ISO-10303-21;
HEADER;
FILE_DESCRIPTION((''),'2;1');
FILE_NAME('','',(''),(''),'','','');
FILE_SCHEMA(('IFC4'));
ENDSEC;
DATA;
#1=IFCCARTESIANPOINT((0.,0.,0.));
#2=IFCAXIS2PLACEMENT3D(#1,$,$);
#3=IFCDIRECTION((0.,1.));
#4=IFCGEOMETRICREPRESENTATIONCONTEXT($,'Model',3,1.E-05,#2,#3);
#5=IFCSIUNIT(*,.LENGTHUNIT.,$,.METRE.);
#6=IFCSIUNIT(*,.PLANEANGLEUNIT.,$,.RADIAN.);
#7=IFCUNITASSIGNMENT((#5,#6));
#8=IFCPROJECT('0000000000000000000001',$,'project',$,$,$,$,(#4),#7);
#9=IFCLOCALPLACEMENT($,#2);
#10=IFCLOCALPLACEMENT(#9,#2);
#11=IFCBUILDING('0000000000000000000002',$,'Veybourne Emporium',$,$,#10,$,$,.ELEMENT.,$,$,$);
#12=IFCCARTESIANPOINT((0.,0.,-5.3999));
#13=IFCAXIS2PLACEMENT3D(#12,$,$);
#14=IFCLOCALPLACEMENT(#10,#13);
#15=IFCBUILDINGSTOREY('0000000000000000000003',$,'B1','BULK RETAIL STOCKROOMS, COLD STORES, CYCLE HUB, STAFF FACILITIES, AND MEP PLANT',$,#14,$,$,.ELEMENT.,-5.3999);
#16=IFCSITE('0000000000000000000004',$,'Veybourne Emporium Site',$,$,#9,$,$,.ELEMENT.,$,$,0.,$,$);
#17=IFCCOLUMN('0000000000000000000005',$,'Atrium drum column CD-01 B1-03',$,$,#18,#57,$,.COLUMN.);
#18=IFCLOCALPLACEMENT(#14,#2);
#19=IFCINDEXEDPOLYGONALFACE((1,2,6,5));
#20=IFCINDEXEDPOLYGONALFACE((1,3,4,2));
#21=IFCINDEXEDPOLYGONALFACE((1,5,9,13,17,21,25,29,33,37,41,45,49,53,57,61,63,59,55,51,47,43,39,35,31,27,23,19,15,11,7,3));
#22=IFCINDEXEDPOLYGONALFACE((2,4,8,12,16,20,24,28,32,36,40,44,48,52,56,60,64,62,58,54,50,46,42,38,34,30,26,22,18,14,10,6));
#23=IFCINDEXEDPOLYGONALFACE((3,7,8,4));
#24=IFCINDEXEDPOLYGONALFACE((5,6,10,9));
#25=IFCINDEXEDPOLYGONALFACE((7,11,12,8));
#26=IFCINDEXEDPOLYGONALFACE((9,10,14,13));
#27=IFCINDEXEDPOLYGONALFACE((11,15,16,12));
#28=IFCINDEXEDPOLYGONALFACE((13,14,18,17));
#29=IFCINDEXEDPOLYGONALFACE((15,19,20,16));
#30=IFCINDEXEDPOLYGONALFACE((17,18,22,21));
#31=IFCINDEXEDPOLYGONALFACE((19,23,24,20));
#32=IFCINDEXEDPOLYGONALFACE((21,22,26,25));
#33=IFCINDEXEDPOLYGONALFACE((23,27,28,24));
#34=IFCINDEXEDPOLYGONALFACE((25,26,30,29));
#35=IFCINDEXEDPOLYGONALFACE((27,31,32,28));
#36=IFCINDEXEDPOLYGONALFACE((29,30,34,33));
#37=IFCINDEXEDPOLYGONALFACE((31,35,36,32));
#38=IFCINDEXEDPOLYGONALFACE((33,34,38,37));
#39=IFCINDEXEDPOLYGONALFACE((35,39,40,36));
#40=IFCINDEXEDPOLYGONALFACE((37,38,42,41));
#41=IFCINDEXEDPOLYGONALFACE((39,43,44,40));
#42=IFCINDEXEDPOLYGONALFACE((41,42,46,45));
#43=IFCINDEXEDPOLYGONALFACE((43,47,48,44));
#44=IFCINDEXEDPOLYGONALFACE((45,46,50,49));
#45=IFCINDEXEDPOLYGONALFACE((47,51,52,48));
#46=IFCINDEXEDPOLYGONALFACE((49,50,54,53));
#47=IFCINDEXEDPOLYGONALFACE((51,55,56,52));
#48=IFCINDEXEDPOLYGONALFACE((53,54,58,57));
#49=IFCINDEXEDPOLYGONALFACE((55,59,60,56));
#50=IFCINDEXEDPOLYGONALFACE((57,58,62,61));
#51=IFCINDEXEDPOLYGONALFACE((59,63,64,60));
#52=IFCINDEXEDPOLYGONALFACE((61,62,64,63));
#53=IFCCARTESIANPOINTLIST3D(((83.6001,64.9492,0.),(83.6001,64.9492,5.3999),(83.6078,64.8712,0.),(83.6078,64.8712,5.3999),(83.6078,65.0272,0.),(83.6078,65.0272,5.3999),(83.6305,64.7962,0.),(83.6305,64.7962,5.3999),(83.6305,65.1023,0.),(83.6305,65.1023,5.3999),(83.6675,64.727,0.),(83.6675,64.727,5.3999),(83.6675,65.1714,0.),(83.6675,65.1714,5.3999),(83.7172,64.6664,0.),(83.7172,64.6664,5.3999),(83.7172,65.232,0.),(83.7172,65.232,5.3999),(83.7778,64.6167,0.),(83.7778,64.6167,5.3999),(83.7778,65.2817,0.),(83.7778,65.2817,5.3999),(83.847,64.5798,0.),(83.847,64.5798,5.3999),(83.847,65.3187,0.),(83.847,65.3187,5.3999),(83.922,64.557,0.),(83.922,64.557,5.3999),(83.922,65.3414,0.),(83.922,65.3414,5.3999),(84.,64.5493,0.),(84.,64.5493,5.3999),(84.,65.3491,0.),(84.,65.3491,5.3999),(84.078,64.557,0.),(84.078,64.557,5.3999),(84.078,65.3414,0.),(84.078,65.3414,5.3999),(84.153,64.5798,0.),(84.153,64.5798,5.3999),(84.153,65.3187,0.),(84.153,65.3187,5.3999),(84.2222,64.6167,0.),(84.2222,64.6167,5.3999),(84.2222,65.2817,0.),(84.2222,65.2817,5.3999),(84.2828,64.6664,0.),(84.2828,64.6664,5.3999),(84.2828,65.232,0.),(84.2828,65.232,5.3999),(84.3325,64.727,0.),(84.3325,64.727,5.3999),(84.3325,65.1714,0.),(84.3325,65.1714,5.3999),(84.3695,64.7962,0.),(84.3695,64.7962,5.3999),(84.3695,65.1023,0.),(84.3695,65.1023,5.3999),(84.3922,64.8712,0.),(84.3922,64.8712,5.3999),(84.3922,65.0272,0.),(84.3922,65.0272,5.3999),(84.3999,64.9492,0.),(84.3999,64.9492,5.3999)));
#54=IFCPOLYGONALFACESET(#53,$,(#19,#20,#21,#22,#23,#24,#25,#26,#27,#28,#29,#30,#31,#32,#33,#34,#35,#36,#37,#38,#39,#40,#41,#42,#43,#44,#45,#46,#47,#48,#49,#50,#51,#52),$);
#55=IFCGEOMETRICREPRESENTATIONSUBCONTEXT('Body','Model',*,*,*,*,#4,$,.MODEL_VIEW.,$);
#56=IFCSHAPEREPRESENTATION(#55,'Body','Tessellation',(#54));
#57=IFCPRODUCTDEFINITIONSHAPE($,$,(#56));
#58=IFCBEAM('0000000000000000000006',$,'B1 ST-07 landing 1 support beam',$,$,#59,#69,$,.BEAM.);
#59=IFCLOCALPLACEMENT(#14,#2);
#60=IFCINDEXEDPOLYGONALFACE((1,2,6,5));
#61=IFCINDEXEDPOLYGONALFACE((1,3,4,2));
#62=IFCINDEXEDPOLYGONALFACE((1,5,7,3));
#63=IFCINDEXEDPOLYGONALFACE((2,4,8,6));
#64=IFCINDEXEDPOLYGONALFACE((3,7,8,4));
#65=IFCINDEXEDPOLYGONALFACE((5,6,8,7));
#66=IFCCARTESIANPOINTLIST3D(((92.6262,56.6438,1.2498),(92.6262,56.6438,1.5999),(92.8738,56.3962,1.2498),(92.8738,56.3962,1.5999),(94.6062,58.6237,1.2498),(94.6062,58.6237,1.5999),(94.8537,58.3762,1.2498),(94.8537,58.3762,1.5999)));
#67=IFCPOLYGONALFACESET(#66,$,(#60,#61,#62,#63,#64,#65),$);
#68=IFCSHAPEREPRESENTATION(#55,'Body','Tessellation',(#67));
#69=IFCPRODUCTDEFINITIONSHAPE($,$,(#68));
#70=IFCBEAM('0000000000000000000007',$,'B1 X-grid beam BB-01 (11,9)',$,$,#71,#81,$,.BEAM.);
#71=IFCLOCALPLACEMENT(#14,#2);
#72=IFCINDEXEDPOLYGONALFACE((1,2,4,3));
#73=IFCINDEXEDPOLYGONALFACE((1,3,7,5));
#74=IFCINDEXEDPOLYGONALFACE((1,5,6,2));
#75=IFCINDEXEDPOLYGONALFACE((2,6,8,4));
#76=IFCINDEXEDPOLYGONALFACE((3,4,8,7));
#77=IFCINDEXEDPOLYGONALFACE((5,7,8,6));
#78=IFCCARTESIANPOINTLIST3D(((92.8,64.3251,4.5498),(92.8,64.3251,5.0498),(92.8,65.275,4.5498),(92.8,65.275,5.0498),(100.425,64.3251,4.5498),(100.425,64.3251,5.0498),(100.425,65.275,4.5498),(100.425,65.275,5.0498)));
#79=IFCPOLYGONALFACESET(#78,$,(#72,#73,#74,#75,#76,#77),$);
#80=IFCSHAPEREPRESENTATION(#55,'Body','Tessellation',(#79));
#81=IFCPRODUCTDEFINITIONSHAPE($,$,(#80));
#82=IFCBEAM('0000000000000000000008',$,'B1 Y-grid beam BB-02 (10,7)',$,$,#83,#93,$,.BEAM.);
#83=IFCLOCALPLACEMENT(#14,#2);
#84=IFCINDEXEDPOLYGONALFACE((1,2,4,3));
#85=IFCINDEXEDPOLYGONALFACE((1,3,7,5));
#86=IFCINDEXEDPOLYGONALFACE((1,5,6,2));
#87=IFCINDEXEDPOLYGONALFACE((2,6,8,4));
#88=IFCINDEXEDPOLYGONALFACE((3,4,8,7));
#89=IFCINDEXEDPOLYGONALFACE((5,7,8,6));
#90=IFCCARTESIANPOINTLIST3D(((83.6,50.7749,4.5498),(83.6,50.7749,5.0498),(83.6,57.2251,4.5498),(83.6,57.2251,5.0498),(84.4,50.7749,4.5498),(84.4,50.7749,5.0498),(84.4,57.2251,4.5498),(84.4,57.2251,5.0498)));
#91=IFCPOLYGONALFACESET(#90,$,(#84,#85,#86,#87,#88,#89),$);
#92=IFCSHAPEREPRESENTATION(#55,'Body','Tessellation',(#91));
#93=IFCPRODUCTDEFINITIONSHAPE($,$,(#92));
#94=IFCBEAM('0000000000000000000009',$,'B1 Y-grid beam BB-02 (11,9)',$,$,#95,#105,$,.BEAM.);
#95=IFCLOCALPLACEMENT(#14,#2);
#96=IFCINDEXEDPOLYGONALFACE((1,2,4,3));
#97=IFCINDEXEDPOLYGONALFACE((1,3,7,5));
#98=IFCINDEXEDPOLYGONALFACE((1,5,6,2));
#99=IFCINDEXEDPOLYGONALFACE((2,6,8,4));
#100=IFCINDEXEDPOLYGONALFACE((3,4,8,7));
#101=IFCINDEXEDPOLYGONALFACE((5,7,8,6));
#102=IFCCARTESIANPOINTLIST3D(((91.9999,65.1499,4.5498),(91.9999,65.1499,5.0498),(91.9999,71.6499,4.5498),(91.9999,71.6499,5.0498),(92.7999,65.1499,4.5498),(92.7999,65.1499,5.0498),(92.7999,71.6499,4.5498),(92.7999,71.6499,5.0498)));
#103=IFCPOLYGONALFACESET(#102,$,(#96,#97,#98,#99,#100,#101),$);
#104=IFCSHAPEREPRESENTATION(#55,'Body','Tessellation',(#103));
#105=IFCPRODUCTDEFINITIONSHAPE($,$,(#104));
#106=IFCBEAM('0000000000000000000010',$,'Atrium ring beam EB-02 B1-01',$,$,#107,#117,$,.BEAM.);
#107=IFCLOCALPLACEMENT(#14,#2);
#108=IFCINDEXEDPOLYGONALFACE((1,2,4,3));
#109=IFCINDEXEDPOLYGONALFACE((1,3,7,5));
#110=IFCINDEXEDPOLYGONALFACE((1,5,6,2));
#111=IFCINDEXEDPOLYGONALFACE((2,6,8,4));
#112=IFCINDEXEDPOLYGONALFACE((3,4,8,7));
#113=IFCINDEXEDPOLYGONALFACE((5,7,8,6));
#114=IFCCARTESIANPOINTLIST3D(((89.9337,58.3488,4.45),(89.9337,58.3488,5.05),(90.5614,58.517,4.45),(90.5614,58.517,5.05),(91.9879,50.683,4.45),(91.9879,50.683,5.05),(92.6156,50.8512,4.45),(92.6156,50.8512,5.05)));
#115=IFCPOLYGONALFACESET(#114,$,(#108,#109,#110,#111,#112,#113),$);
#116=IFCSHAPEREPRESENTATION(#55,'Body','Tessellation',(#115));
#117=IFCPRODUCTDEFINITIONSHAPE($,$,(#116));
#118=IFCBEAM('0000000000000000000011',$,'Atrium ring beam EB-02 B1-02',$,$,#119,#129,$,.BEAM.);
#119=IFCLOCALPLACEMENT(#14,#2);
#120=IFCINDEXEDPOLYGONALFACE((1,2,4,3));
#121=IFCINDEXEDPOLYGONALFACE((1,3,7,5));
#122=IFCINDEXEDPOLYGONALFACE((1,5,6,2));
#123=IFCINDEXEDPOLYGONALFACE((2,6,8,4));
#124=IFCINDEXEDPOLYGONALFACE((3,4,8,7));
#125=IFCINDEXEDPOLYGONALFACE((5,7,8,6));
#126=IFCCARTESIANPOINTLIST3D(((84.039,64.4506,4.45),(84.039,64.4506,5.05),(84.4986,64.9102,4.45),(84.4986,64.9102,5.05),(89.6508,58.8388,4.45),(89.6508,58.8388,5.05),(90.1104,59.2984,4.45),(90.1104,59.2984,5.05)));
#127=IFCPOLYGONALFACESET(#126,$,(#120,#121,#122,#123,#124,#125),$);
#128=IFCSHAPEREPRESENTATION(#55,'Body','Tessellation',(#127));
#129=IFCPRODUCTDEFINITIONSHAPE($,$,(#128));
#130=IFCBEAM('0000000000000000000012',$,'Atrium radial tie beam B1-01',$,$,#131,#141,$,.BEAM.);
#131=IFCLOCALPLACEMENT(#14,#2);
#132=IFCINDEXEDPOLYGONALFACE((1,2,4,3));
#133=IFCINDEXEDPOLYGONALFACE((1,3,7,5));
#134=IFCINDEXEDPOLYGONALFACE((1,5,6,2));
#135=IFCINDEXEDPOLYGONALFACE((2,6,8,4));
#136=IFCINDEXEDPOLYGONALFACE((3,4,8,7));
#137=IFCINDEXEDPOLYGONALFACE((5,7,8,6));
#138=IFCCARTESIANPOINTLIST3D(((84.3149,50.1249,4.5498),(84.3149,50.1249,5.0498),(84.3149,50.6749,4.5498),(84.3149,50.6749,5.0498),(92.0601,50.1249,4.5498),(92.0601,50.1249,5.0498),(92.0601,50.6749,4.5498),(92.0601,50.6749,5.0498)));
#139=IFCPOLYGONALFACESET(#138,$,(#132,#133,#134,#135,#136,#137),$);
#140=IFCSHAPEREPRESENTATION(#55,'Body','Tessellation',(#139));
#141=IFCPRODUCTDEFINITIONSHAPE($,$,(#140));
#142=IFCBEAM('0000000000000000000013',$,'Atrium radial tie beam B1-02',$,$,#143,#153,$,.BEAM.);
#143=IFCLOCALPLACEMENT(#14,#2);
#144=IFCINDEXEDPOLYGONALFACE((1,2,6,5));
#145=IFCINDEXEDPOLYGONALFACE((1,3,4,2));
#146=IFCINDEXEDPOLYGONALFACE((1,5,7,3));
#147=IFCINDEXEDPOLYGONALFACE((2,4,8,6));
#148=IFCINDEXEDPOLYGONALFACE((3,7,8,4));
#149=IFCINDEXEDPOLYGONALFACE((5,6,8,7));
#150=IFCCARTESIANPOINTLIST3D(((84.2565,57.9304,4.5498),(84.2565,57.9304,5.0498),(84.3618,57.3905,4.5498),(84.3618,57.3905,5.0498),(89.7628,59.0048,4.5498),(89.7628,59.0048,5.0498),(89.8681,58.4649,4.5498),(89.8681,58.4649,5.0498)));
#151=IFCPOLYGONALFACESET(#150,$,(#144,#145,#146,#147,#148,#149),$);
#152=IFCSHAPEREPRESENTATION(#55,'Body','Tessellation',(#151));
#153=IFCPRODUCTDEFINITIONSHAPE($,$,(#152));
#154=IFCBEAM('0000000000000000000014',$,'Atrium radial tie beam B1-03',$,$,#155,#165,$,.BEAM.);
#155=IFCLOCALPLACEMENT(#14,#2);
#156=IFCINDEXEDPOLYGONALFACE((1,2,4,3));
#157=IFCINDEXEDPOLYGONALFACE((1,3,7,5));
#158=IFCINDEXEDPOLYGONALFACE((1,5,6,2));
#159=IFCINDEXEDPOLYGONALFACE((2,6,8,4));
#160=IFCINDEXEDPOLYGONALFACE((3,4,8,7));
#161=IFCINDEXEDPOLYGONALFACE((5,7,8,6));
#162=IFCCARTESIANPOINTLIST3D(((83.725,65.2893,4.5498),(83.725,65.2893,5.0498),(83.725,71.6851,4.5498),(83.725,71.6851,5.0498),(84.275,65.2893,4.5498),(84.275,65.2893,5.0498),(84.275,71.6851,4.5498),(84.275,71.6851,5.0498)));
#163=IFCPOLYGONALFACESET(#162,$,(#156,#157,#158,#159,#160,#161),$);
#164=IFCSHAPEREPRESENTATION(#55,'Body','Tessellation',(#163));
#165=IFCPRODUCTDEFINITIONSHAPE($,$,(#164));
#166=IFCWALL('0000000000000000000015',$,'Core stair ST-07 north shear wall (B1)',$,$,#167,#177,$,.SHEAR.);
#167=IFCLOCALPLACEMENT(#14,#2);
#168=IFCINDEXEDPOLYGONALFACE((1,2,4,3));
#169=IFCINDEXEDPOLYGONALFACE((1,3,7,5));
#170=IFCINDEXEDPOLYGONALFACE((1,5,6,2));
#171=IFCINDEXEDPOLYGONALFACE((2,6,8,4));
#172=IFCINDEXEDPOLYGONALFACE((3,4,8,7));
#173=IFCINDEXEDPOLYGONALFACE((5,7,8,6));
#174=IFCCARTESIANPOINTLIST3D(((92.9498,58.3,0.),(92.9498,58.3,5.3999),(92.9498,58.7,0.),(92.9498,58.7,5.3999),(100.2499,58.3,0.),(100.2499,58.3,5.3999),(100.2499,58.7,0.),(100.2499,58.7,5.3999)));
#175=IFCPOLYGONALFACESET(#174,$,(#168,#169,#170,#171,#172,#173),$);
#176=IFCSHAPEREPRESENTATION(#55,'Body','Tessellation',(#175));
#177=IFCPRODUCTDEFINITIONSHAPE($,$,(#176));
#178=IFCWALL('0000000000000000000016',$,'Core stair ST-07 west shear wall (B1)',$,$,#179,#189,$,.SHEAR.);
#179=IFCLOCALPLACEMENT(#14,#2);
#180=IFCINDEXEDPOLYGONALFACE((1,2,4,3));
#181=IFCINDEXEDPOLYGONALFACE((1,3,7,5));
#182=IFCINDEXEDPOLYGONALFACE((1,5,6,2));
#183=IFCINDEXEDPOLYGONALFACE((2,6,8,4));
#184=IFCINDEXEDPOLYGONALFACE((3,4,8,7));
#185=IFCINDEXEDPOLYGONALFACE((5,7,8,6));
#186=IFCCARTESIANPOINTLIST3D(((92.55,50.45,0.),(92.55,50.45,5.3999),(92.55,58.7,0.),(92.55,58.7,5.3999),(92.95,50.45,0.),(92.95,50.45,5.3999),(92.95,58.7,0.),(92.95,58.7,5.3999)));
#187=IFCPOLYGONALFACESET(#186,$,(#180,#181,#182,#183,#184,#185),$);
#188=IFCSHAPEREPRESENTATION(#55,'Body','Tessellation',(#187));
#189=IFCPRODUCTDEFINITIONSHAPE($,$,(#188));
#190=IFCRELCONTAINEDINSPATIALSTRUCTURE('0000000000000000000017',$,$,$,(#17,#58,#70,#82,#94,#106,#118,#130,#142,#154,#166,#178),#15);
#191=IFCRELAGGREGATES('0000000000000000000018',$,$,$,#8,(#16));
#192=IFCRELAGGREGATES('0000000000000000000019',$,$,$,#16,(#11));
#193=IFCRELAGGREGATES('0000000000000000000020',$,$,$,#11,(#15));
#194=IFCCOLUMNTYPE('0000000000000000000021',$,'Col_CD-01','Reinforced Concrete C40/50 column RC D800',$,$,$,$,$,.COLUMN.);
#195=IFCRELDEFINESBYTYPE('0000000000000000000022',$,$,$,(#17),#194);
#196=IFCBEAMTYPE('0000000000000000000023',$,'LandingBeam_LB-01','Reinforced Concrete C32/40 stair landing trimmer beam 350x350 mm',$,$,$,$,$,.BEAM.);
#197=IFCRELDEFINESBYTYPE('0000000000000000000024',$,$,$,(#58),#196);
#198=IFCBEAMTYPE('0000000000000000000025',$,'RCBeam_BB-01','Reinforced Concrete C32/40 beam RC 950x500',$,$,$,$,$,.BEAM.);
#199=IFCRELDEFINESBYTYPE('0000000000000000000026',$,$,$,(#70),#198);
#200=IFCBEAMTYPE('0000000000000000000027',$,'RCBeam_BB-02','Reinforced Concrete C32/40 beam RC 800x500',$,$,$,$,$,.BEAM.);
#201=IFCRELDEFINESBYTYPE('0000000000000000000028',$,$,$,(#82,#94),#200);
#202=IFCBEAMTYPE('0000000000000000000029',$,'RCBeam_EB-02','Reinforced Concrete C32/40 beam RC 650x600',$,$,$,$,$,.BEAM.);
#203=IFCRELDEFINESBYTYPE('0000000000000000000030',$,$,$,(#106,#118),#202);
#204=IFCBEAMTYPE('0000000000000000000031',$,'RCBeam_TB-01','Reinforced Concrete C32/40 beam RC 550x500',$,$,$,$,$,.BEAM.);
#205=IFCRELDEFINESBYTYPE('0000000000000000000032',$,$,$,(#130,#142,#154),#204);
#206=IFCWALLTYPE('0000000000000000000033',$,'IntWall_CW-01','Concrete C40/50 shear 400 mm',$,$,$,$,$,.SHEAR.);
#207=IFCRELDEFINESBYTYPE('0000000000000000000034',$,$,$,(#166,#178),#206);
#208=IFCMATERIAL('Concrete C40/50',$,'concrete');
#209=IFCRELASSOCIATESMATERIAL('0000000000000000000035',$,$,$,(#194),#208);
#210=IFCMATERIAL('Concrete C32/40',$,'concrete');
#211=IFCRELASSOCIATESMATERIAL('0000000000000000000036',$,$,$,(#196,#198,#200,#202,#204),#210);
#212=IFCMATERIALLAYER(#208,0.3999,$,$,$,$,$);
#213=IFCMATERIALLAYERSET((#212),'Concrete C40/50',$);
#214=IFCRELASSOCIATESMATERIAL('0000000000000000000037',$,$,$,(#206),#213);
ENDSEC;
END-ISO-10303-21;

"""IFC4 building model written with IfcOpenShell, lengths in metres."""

from ifc_helpers import new_model, si_unit, direction, frame, frame_2d, origin, origin_2d, place, context, subcontext, project, spatial, rectangle, circle, extrude, material, layer, layer_set, material_profile, profile_set, type_object, element, save


model = new_model("IFC4")

# Units and contexts
model_context = context("Model", 3, precision=1e-05, world=origin(), true_north=direction((0.0, 1.0)))
body_context = subcontext(model_context, "Body", "Model", "MODEL_VIEW")
ifc_project = project(units=[si_unit("LENGTHUNIT", "METRE"), si_unit("PLANEANGLEUNIT", "RADIAN")], contexts=[model_context])

# Site, building, storey
site_placement = place(None, origin())
site = spatial("IfcSite", under=ifc_project, at=site_placement, Name="Veybourne Emporium Site", CompositionType="ELEMENT", RefElevation=0.0)
building_placement = place(site_placement, origin())
building = spatial("IfcBuilding", under=site, at=building_placement, Name="Veybourne Emporium", CompositionType="ELEMENT")
storey_placement = place(building_placement, frame((0.0, 0.0, -5.3999)))
storey = spatial("IfcBuildingStorey", under=building, at=storey_placement, Name="B1", Description="BULK RETAIL STOCKROOMS, COLD STORES, CYCLE HUB, STAFF FACILITIES, AND MEP PLANT", CompositionType="ELEMENT", Elevation=-5.3999)

# Column
ifc_material_1 = material(Name="Concrete C40/50", Category="concrete")
ifc_material_profile_1 = material_profile(ifc_material_1, circle(Radius=0.3999, at=origin_2d()), Name="RC D800")
ifc_profile_set_1 = profile_set([ifc_material_profile_1], Name="Concrete C40/50")
column_type_1 = type_object("IfcColumnType", Name="Col_CD-01", Description="Reinforced Concrete C40/50 column RC D800", PredefinedType="COLUMN", material=ifc_profile_set_1)
for number, where, z_axis, x_axis, name in (
    (1, (84.0, 64.9492, 0.0), (0.0, 0.0, 1.0), (1.0, 0.0, 0.0), "Atrium drum column CD-01 B1-03"),
):
    element("IfcColumn", number, at=place(storey_placement, frame(where, z_axis=z_axis, x_axis=x_axis)), inside=storey, type_object=column_type_1, Name=name, PredefinedType="COLUMN", context=body_context, shape_type="SweptSolid", body=[
        extrude(circle(Radius=0.3999, at=origin_2d()), origin(), (0.0, 0.0, 1.0), 5.3999),
    ])

# Beams
ifc_material_2 = material(Name="Concrete C32/40", Category="concrete")
ifc_material_profile_2 = material_profile(ifc_material_2, rectangle(XDim=0.3501, YDim=0.3501, at=origin_2d()), Name="RC 350x350")
ifc_profile_set_2 = profile_set([ifc_material_profile_2], Name="Concrete C32/40")
beam_type_1 = type_object("IfcBeamType", Name="LandingBeam_LB-01", Description="Reinforced Concrete C32/40 stair landing trimmer beam 350x350 mm", PredefinedType="BEAM", material=ifc_profile_set_2)
beam_1_placement = place(storey_placement, frame((92.75, 56.52, 1.4248), z_axis=(0.707107, 0.707107, 0.0), x_axis=(-0.707107, 0.707107, 0.0)))
element("IfcBeam", 2, at=beam_1_placement, inside=storey, type_object=beam_type_1, Name="B1 ST-07 landing 1 support beam", PredefinedType="BEAM", context=body_context, shape_type="SweptSolid", body=[
    extrude(rectangle(XDim=0.3501, YDim=0.3501, at=origin_2d()), origin(), (0.0, 0.0, 1.0), 2.8),
])
ifc_material_profile_3 = material_profile(ifc_material_2, rectangle(XDim=0.95, YDim=0.5, at=origin_2d()), Name="RC 950x500")
ifc_profile_set_3 = profile_set([ifc_material_profile_3], Name="Concrete C32/40")
beam_type_2 = type_object("IfcBeamType", Name="RCBeam_BB-01", Description="Reinforced Concrete C32/40 beam RC 950x500", PredefinedType="BEAM", material=ifc_profile_set_3)
beam_2_placement = place(storey_placement, frame((92.8, 64.8, 4.7998), z_axis=(1.0, 0.0, 0.0), x_axis=(0.0, 1.0, 0.0)))
element("IfcBeam", 3, at=beam_2_placement, inside=storey, type_object=beam_type_2, Name="B1 X-grid beam BB-01 (11,9)", PredefinedType="BEAM", context=body_context, shape_type="SweptSolid", body=[
    extrude(rectangle(XDim=0.95, YDim=0.5, at=origin_2d()), origin(), (0.0, 0.0, 1.0), 7.625),
])
ifc_material_profile_4 = material_profile(ifc_material_2, rectangle(XDim=0.8, YDim=0.5, at=origin_2d()), Name="RC 800x500")
ifc_profile_set_4 = profile_set([ifc_material_profile_4], Name="Concrete C32/40")
beam_type_3 = type_object("IfcBeamType", Name="RCBeam_BB-02", Description="Reinforced Concrete C32/40 beam RC 800x500", PredefinedType="BEAM", material=ifc_profile_set_4)
beam_3_placement = place(storey_placement, frame((84.0, 50.7749, 4.7998), z_axis=(0.0, 1.0, 0.0), x_axis=(-1.0, 0.0, 0.0)))
element("IfcBeam", 4, at=beam_3_placement, inside=storey, type_object=beam_type_3, Name="B1 Y-grid beam BB-02 (10,7)", PredefinedType="BEAM", context=body_context, shape_type="SweptSolid", body=[
    extrude(rectangle(XDim=0.8, YDim=0.5, at=origin_2d()), origin(), (0.0, 0.0, 1.0), 6.4502),
])
beam_4_placement = place(storey_placement, frame((92.3999, 65.1499, 4.7998), z_axis=(0.0, 1.0, 0.0), x_axis=(-1.0, 0.0, 0.0)))
element("IfcBeam", 5, at=beam_4_placement, inside=storey, type_object=beam_type_3, Name="B1 Y-grid beam BB-02 (11,9)", PredefinedType="BEAM", context=body_context, shape_type="SweptSolid", body=[
    extrude(rectangle(XDim=0.8, YDim=0.5, at=origin_2d()), origin(), (0.0, 0.0, 1.0), 6.5),
])
ifc_material_profile_5 = material_profile(ifc_material_2, rectangle(XDim=0.6499, YDim=0.6001, at=origin_2d()), Name="RC 650x600")
ifc_profile_set_5 = profile_set([ifc_material_profile_5], Name="Concrete C32/40")
beam_type_4 = type_object("IfcBeamType", Name="RCBeam_EB-02", Description="Reinforced Concrete C32/40 beam RC 650x600", PredefinedType="BEAM", material=ifc_profile_set_5)
for number, where, z_axis, x_axis, name in (
    (6, (92.3018, 50.7671, 4.75), (-0.258838, 0.965921, 0.0), (-0.965921, -0.258838, 0.0), "Atrium ring beam EB-02 B1-01"),
    (7, (89.8806, 59.0686, 4.75), (-0.707107, 0.707107, 0.0), (-0.707107, -0.707107, 0.0), "Atrium ring beam EB-02 B1-02"),
):
    element("IfcBeam", number, at=place(storey_placement, frame(where, z_axis=z_axis, x_axis=x_axis)), inside=storey, type_object=beam_type_4, Name=name, PredefinedType="BEAM", context=body_context, shape_type="SweptSolid", body=[
        extrude(rectangle(XDim=0.6499, YDim=0.6001, at=origin_2d()), origin(), (0.0, 0.0, 1.0), 7.9363),
    ])
ifc_material_profile_6 = material_profile(ifc_material_2, rectangle(XDim=0.55, YDim=0.5, at=origin_2d()), Name="RC 550x500")
ifc_profile_set_6 = profile_set([ifc_material_profile_6], Name="Concrete C32/40")
beam_type_5 = type_object("IfcBeamType", Name="RCBeam_TB-01", Description="Reinforced Concrete C32/40 beam RC 550x500", PredefinedType="BEAM", material=ifc_profile_set_6)
beam_5_placement = place(storey_placement, frame((92.0601, 50.3999, 4.7998), z_axis=(-1.0, 0.0, 0.0), x_axis=(0.0, -1.0, 0.0)))
element("IfcBeam", 8, at=beam_5_placement, inside=storey, type_object=beam_type_5, Name="Atrium radial tie beam B1-01", PredefinedType="BEAM", context=body_context, shape_type="SweptSolid", body=[
    extrude(rectangle(XDim=0.55, YDim=0.5, at=origin_2d()), origin(), (0.0, 0.0, 1.0), 7.7451),
])
beam_6_placement = place(storey_placement, frame((89.8154, 58.7349, 4.7998), z_axis=(-0.981489, -0.19152, 0.0), x_axis=(0.19152, -0.981489, 0.0)))
element("IfcBeam", 9, at=beam_6_placement, inside=storey, type_object=beam_type_5, Name="Atrium radial tie beam B1-02", PredefinedType="BEAM", context=body_context, shape_type="SweptSolid", body=[
    extrude(rectangle(XDim=0.55, YDim=0.5, at=origin_2d()), origin(), (0.0, 0.0, 1.0), 5.6101),
])
beam_7_placement = place(storey_placement, frame((84.0, 65.2893, 4.7998), z_axis=(0.0, 1.0, 0.0), x_axis=(-1.0, 0.0, 0.0)))
element("IfcBeam", 10, at=beam_7_placement, inside=storey, type_object=beam_type_5, Name="Atrium radial tie beam B1-03", PredefinedType="BEAM", context=body_context, shape_type="SweptSolid", body=[
    extrude(rectangle(XDim=0.55, YDim=0.5, at=origin_2d()), origin(), (0.0, 0.0, 1.0), 6.3958),
])

# Walls
ifc_layer_1 = layer(ifc_material_1, 0.3999)
ifc_layer_set_1 = layer_set([ifc_layer_1], Name="Concrete C40/50")
wall_type_1 = type_object("IfcWallType", Name="IntWall_CW-01", Description="Concrete C40/50 shear 400 mm", PredefinedType="SHEAR", material=ifc_layer_set_1)
wall_1_placement = place(storey_placement, frame((92.95, 58.5, 0.0), z_axis=(0.0, 0.0, 1.0), x_axis=(1.0, 0.0, 0.0)))
element("IfcWall", 11, at=wall_1_placement, inside=storey, type_object=wall_type_1, Name="Core stair ST-07 north shear wall (B1)", PredefinedType="SHEAR", context=body_context, shape_type="SweptSolid", body=[
    extrude(rectangle(XDim=7.3, YDim=0.3999, at=frame_2d((3.6499, 0.0))), origin(), (0.0, 0.0, 1.0), 5.3999),
])
wall_2_placement = place(storey_placement, frame((92.75, 58.7, 0.0), z_axis=(0.0, 0.0, 1.0), x_axis=(0.0, -1.0, 0.0)))
element("IfcWall", 12, at=wall_2_placement, inside=storey, type_object=wall_type_1, Name="Core stair ST-07 west shear wall (B1)", PredefinedType="SHEAR", context=body_context, shape_type="SweptSolid", body=[
    extrude(rectangle(XDim=8.25, YDim=0.3999, at=frame_2d((4.125, 0.0))), origin(), (0.0, 0.0, 1.0), 5.3999),
])

save(model, "model.ifc")
